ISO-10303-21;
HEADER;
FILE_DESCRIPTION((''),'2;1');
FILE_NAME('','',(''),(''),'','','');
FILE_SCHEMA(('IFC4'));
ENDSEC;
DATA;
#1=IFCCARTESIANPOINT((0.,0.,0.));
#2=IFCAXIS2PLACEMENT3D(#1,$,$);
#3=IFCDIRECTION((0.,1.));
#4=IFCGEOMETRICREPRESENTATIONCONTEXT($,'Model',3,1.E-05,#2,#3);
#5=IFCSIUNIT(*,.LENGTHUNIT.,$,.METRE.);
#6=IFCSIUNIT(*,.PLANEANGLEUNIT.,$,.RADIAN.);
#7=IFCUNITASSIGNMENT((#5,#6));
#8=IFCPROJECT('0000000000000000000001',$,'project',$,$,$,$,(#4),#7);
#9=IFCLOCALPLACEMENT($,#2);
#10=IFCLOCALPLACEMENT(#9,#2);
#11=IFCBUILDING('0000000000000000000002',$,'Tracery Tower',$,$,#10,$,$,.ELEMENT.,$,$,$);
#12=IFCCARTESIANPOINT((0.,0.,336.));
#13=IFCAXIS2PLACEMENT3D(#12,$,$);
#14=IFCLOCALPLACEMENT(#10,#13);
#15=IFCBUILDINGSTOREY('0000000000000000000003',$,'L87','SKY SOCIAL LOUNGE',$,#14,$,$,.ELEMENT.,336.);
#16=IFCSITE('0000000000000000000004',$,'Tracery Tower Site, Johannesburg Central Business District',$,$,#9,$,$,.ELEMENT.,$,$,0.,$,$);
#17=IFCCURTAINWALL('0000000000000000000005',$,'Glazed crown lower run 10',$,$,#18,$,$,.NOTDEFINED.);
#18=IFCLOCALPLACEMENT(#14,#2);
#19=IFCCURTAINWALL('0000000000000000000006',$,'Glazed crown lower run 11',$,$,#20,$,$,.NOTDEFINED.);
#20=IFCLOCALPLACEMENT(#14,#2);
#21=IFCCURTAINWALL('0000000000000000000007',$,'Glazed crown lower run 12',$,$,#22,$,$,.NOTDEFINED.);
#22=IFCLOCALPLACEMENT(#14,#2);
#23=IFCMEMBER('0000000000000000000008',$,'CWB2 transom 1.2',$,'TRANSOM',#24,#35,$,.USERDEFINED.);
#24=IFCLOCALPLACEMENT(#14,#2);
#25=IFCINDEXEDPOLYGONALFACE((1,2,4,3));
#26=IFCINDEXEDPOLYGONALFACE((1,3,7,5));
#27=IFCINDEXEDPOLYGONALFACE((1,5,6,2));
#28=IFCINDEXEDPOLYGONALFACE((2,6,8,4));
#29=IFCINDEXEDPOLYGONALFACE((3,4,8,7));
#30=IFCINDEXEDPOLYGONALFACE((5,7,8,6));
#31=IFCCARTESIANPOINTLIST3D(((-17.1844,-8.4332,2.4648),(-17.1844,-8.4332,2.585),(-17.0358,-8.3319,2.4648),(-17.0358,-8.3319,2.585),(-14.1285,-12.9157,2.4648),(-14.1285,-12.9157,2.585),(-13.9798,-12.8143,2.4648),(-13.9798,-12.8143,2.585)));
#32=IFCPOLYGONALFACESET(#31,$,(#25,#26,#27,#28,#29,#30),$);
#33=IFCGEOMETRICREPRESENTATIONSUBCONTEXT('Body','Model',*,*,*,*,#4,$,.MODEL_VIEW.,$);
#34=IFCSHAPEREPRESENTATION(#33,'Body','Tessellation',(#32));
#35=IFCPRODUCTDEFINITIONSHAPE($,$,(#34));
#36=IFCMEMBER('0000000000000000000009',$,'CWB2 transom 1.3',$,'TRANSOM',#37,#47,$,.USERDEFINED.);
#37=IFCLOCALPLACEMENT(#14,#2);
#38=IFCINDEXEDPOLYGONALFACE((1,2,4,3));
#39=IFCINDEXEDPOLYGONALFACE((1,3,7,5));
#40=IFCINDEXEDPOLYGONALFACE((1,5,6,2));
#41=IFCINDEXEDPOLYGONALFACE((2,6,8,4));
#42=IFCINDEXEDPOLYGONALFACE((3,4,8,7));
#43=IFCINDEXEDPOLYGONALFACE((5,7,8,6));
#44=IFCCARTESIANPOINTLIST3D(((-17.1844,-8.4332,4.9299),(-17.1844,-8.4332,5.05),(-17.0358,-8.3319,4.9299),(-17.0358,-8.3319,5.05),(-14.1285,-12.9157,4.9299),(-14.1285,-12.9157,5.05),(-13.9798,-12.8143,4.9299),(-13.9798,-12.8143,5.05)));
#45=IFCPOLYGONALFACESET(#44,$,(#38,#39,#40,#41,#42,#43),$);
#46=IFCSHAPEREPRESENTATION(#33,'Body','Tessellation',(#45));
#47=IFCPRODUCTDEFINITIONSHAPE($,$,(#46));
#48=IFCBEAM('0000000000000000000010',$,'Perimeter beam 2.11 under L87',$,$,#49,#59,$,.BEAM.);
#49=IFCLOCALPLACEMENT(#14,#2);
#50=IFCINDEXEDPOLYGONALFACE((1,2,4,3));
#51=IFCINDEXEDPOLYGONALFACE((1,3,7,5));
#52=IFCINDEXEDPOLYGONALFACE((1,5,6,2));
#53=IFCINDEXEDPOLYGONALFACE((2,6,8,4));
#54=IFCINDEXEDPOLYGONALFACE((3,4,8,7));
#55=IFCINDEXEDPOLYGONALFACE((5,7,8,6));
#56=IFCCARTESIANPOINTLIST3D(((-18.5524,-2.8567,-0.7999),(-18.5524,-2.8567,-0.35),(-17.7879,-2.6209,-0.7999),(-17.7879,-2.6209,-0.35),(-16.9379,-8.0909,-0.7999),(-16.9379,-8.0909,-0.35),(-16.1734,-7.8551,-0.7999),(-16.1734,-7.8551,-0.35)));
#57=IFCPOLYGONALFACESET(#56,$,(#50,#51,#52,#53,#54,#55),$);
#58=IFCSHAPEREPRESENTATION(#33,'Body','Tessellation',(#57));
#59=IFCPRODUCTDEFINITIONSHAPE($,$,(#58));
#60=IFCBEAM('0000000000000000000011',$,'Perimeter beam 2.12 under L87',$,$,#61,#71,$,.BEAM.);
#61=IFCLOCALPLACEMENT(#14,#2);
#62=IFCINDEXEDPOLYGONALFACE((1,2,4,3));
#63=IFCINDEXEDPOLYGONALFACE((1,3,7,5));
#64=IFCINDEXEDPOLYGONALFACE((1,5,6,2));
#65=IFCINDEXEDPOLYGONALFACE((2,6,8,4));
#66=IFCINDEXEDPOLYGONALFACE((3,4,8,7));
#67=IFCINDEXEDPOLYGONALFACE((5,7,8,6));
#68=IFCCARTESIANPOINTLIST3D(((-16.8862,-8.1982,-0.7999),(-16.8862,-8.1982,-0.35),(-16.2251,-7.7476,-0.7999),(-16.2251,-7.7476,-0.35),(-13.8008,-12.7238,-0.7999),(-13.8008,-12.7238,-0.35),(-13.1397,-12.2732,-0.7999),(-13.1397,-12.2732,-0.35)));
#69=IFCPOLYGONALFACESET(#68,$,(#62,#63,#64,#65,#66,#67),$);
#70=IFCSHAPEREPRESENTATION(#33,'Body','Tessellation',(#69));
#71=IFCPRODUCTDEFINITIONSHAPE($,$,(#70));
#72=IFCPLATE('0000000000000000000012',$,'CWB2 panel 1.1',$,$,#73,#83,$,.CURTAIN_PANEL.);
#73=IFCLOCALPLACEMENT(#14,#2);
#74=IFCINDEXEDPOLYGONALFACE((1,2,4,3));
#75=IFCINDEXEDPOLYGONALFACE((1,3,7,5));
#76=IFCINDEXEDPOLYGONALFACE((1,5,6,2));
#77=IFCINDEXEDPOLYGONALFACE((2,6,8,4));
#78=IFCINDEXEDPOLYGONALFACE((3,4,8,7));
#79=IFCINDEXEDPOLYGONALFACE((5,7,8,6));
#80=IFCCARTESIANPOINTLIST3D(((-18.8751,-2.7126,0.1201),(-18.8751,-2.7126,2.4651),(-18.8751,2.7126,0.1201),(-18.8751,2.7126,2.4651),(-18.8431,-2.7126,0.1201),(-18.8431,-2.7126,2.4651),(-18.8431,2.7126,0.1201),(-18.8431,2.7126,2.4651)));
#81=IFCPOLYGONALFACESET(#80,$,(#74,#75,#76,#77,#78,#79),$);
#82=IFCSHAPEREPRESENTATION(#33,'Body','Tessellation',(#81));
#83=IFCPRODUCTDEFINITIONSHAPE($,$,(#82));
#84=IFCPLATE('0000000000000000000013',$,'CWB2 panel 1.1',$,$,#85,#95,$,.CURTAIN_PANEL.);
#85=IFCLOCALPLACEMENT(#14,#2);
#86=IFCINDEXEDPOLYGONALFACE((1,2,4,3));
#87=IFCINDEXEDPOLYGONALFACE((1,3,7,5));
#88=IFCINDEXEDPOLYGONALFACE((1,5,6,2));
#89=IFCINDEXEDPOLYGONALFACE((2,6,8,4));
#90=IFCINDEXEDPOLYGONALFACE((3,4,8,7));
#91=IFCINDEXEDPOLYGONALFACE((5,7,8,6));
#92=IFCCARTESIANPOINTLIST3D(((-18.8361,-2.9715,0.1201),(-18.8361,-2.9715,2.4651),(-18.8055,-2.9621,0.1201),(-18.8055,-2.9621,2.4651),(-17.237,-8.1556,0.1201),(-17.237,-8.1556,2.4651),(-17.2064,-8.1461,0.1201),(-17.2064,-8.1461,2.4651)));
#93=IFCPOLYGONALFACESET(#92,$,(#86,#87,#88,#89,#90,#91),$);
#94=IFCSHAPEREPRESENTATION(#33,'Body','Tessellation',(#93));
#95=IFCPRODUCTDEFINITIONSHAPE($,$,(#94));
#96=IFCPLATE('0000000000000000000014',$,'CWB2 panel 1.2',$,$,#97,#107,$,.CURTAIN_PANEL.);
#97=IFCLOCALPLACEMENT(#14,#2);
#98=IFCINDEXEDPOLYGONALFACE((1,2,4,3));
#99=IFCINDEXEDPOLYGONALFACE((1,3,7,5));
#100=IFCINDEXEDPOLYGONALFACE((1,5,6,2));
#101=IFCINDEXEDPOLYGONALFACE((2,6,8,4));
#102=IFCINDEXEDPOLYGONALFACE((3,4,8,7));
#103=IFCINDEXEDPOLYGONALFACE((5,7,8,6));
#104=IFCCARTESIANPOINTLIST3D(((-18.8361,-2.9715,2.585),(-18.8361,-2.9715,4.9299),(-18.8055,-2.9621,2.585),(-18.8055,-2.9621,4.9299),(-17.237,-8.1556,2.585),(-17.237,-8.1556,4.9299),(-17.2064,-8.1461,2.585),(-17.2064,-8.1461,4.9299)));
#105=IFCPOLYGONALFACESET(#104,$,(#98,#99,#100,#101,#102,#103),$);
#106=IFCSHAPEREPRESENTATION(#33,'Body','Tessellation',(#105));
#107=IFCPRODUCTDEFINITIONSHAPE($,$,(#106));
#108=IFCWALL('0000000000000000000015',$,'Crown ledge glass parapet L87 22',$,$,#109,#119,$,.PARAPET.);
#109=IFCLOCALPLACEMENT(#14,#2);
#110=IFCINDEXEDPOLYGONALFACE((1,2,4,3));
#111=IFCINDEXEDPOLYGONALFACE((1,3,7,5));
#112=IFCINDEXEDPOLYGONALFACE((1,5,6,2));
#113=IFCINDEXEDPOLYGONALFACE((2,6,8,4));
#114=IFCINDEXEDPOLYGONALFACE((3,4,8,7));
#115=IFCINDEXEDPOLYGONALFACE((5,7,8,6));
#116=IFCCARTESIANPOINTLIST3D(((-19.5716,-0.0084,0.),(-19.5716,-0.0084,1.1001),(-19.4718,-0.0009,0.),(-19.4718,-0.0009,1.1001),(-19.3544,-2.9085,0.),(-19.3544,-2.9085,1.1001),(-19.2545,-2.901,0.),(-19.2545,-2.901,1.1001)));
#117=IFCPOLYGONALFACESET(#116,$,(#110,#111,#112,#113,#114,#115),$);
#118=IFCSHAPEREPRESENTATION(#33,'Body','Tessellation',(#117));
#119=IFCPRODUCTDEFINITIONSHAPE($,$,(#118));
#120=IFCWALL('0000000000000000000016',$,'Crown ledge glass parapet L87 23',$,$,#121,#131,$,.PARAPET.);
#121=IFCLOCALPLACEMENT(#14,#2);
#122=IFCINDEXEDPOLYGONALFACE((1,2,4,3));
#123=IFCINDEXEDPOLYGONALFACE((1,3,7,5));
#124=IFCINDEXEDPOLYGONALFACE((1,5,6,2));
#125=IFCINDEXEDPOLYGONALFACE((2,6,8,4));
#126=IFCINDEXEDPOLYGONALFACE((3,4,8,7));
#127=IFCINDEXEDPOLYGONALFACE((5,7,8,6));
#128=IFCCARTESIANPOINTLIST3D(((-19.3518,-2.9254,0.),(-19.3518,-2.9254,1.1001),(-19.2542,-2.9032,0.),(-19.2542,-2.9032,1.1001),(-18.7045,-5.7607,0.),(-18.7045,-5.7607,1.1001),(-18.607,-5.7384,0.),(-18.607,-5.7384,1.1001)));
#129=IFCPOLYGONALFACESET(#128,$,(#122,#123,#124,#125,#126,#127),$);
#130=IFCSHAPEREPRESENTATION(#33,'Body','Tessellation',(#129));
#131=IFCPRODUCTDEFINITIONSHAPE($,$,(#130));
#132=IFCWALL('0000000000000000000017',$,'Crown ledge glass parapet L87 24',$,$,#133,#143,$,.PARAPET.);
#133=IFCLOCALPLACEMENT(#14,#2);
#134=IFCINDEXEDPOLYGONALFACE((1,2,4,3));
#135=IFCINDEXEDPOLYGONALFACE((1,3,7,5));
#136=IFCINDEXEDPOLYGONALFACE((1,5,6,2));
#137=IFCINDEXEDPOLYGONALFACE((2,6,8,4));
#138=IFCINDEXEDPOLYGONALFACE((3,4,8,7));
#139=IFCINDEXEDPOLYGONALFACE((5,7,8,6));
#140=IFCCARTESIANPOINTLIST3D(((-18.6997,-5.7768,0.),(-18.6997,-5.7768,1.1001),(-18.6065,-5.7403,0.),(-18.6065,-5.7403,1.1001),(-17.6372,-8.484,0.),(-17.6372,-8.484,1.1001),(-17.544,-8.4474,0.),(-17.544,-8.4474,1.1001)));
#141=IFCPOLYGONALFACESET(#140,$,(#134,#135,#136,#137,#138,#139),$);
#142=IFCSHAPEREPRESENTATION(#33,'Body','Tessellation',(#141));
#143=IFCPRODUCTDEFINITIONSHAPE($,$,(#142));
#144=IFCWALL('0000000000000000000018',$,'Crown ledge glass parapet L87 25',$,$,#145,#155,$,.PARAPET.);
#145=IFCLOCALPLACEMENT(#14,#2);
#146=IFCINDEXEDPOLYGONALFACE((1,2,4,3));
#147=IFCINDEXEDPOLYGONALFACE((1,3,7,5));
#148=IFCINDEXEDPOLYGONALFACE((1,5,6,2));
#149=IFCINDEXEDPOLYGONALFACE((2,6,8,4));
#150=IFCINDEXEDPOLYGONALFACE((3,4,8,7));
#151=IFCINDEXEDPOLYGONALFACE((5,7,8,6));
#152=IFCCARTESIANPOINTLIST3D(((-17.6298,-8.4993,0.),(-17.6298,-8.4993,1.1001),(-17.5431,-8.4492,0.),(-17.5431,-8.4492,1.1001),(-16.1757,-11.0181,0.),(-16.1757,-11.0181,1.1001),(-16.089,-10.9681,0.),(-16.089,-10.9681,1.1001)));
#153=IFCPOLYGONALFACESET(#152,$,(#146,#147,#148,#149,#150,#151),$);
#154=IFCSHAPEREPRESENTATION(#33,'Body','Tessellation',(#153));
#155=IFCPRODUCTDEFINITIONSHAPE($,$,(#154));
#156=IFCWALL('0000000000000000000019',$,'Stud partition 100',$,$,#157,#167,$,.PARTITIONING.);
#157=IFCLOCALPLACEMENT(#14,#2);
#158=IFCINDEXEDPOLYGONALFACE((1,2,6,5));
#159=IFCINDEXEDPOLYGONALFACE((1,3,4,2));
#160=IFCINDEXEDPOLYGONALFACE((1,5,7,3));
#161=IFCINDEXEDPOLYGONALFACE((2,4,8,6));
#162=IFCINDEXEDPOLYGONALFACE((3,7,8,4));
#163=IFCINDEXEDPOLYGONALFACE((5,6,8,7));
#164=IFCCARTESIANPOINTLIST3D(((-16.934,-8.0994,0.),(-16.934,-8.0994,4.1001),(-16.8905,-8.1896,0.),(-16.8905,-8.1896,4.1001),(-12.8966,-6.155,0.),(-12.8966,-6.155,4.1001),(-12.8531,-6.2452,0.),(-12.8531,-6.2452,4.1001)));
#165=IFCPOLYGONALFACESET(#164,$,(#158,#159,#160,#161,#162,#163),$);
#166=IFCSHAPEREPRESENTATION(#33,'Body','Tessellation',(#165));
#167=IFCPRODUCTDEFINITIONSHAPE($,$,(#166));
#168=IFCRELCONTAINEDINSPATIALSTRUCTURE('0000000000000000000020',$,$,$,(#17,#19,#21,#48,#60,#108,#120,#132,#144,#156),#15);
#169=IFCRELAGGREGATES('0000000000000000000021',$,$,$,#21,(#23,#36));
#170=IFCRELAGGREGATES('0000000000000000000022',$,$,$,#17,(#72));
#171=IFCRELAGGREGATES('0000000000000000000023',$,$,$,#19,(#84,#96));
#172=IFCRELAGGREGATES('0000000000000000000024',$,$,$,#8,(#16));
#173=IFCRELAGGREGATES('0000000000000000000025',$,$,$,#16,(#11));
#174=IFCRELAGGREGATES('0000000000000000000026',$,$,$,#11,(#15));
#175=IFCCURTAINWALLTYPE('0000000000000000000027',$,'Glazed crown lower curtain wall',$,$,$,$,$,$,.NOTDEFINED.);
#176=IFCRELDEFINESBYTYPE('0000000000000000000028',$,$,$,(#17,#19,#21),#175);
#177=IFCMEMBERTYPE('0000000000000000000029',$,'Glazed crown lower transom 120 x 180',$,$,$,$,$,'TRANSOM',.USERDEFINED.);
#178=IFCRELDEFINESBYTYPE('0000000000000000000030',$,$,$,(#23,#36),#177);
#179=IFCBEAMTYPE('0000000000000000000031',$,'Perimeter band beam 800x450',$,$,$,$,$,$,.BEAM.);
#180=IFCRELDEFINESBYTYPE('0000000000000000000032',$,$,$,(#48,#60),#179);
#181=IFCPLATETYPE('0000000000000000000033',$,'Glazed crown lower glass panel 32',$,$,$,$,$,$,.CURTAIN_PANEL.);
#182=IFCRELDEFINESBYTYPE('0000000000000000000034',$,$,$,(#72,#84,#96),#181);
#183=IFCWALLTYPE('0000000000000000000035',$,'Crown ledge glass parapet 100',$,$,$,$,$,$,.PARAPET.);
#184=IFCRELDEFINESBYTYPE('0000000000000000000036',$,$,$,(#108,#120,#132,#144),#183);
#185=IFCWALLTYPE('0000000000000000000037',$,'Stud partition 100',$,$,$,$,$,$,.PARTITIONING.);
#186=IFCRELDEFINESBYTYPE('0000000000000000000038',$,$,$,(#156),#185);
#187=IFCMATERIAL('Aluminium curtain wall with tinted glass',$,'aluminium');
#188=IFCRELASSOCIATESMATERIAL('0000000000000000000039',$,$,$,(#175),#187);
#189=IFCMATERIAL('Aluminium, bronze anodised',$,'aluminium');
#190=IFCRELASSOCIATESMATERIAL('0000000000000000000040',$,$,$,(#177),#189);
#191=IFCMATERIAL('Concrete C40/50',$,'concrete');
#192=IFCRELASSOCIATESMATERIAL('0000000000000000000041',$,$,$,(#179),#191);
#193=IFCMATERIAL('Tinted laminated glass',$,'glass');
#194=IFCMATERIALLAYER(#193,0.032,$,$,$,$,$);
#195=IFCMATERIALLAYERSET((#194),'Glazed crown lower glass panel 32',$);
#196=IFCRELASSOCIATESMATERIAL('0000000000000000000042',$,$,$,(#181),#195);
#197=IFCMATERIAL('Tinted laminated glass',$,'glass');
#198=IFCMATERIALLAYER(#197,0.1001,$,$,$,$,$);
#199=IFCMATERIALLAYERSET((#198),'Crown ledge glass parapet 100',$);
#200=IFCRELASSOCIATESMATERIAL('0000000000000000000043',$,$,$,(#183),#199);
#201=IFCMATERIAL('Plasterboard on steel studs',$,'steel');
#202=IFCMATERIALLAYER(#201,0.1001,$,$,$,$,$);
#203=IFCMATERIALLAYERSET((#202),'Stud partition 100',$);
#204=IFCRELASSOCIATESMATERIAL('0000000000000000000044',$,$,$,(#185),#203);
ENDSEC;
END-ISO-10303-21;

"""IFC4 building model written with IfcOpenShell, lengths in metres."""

from ifc_helpers import new_model, si_unit, direction, frame, frame_2d, origin, origin_2d, place, context, subcontext, project, spatial, rectangle, extrude, material, layer, layer_set, material_profile, profile_set, type_object, element, aggregate, save


model = new_model("IFC4")

# Units and contexts
model_context = context("Model", 3, precision=1e-05, world=origin(), true_north=direction((0.0, 1.0)))
body_context = subcontext(model_context, "Body", "Model", "MODEL_VIEW")
ifc_project = project(units=[si_unit("LENGTHUNIT", "METRE"), si_unit("PLANEANGLEUNIT", "RADIAN")], contexts=[model_context])

# Site, building, storey
site_placement = place(None, origin())
site = spatial("IfcSite", under=ifc_project, at=site_placement, Name="Tracery Tower Site, Johannesburg Central Business District", CompositionType="ELEMENT", RefElevation=0.0)
building_placement = place(site_placement, origin())
building = spatial("IfcBuilding", under=site, at=building_placement, Name="Tracery Tower", CompositionType="ELEMENT")
storey_placement = place(building_placement, frame((0.0, 0.0, 336.0)))
storey = spatial("IfcBuildingStorey", under=building, at=storey_placement, Name="L87", Description="SKY SOCIAL LOUNGE", CompositionType="ELEMENT", Elevation=336.0)

# Curtain wall
ifc_material_1 = material(Name="Aluminium curtain wall with tinted glass", Category="aluminium")
curtain_wall_type = type_object("IfcCurtainWallType", Name="Glazed crown lower curtain wall", PredefinedType="NOTDEFINED", material=ifc_material_1)
curtain_wall_1_placement = place(storey_placement, origin())
curtain_wall_1 = element("IfcCurtainWall", 1, at=curtain_wall_1_placement, inside=storey, type_object=curtain_wall_type, Name="Glazed crown lower run 10", PredefinedType="NOTDEFINED")

# Curtain wall
curtain_wall_2_placement = place(storey_placement, origin())
curtain_wall_2 = element("IfcCurtainWall", 2, at=curtain_wall_2_placement, inside=storey, type_object=curtain_wall_type, Name="Glazed crown lower run 11", PredefinedType="NOTDEFINED")

# Curtain wall
curtain_wall_3_placement = place(storey_placement, origin())
curtain_wall_3 = element("IfcCurtainWall", 3, at=curtain_wall_3_placement, inside=storey, type_object=curtain_wall_type, Name="Glazed crown lower run 12", PredefinedType="NOTDEFINED")

# Members
ifc_material_2 = material(Name="Aluminium, bronze anodised", Category="aluminium")
ifc_material_profile_1 = material_profile(ifc_material_2, rectangle(XDim=0.1799, YDim=0.1201, at=origin_2d()), Name="Glazed crown lower transom 120 x 180")
ifc_profile_set_1 = profile_set([ifc_material_profile_1], Name="Aluminium, bronze anodised")
member_type_1 = type_object("IfcMemberType", Name="Glazed crown lower transom 120 x 180", ElementType="TRANSOM", PredefinedType="USERDEFINED", material=ifc_profile_set_1)
member_1_placement = place(storey_placement, frame((-17.1101, -8.3826, 2.5249), z_axis=(0.563301, -0.826252, 0.0), x_axis=(0.826252, 0.563301, 0.0)))
member_1 = element("IfcMember", 4, at=member_1_placement, type_object=member_type_1, Name="CWB2 transom 1.2", ObjectType="TRANSOM", PredefinedType="USERDEFINED", context=body_context, shape_type="SweptSolid", body=[
    extrude(rectangle(XDim=0.1799, YDim=0.1201, at=origin_2d()), origin(), (0.0, 0.0, 1.0), 5.425),
])
member_2_placement = place(storey_placement, frame((-17.1101, -8.3826, 4.99), z_axis=(0.563301, -0.826252, 0.0), x_axis=(0.826252, 0.563301, 0.0)))
member_2 = element("IfcMember", 5, at=member_2_placement, type_object=member_type_1, Name="CWB2 transom 1.3", ObjectType="TRANSOM", PredefinedType="USERDEFINED", context=body_context, shape_type="SweptSolid", body=[
    extrude(rectangle(XDim=0.1799, YDim=0.1201, at=origin_2d()), origin(), (0.0, 0.0, 1.0), 5.425),
])
aggregate(curtain_wall_3, [member_1, member_2])

# Beams
ifc_material_3 = material(Name="Concrete C40/50", Category="concrete")
ifc_material_profile_2 = material_profile(ifc_material_3, rectangle(XDim=0.8, YDim=0.45, at=origin_2d()), Name="RC 800x450")
ifc_profile_set_2 = profile_set([ifc_material_profile_2], Name="Concrete C40/50")
beam_type = type_object("IfcBeamType", Name="Perimeter band beam 800x450", PredefinedType="BEAM", material=ifc_profile_set_2)
beam_1_placement = place(storey_placement, frame((-18.1702, -2.7388, -0.575), z_axis=(0.294753, -0.955574, 0.0), x_axis=(0.955574, 0.294753, 0.0)))
element("IfcBeam", 6, at=beam_1_placement, inside=storey, type_object=beam_type, Name="Perimeter beam 2.11 under L87", PredefinedType="BEAM", context=body_context, shape_type="SweptSolid", body=[
    extrude(rectangle(XDim=0.8, YDim=0.45, at=origin_2d()), origin(), (0.0, 0.0, 1.0), 5.4775),
])
beam_2_placement = place(storey_placement, frame((-16.5557, -7.9729, -0.575), z_axis=(0.563311, -0.826245, 0.0), x_axis=(0.826245, 0.563311, 0.0)))
element("IfcBeam", 7, at=beam_2_placement, inside=storey, type_object=beam_type, Name="Perimeter beam 2.12 under L87", PredefinedType="BEAM", context=body_context, shape_type="SweptSolid", body=[
    extrude(rectangle(XDim=0.8, YDim=0.45, at=origin_2d()), origin(), (0.0, 0.0, 1.0), 5.4773),
])

# Plates
ifc_material_4 = material(Name="Tinted laminated glass", Category="glass")
ifc_layer_1 = layer(ifc_material_4, 0.032)
ifc_layer_set_1 = layer_set([ifc_layer_1], Name="Glazed crown lower glass panel 32")
plate_type = type_object("IfcPlateType", Name="Glazed crown lower glass panel 32", PredefinedType="CURTAIN_PANEL", material=ifc_layer_set_1)
plate_1_placement = place(storey_placement, frame((-18.8591, 0.0, 0.1201), z_axis=(0.0, 0.0, 1.0), x_axis=(0.0, -1.0, 0.0)))
plate_1 = element("IfcPlate", 8, at=plate_1_placement, type_object=plate_type, Name="CWB2 panel 1.1", PredefinedType="CURTAIN_PANEL", context=body_context, shape_type="SweptSolid", body=[
    extrude(rectangle(XDim=5.4253, YDim=0.032, at=origin_2d()), origin(), (0.0, 0.0, 1.0), 2.345),
])
aggregate(curtain_wall_1, [plate_1])
plate_2_placement = place(storey_placement, frame((-18.0212, -5.5588, 0.1201), z_axis=(0.0, 0.0, 1.0), x_axis=(0.294765, -0.95557, 0.0)))
plate_2 = element("IfcPlate", 9, at=plate_2_placement, type_object=plate_type, Name="CWB2 panel 1.1", PredefinedType="CURTAIN_PANEL", context=body_context, shape_type="SweptSolid", body=[
    extrude(rectangle(XDim=5.425, YDim=0.032, at=origin_2d()), origin(), (0.0, 0.0, 1.0), 2.345),
])
plate_3_placement = place(storey_placement, frame((-18.0212, -5.5588, 2.585), z_axis=(0.0, 0.0, 1.0), x_axis=(0.294765, -0.95557, 0.0)))
plate_3 = element("IfcPlate", 10, at=plate_3_placement, type_object=plate_type, Name="CWB2 panel 1.2", PredefinedType="CURTAIN_PANEL", context=body_context, shape_type="SweptSolid", body=[
    extrude(rectangle(XDim=5.425, YDim=0.032, at=origin_2d()), origin(), (0.0, 0.0, 1.0), 2.345),
])
aggregate(curtain_wall_2, [plate_2, plate_3])

# Walls
ifc_material_5 = material(Name="Tinted laminated glass", Category="glass")
ifc_layer_2 = layer(ifc_material_5, 0.1001)
ifc_layer_set_2 = layer_set([ifc_layer_2], Name="Crown ledge glass parapet 100")
wall_type_1 = type_object("IfcWallType", Name="Crown ledge glass parapet 100", PredefinedType="PARAPET", material=ifc_layer_set_2)
for number, where, z_axis, x_axis, name in (
    (11, (-19.5217, -0.0046, 0.0), (0.0, 0.0, 1.0), (0.074713, -0.997205, 0.0), "Crown ledge glass parapet L87 22"),
    (12, (-19.303, -2.9143, 0.0), (0.0, 0.0, 1.0), (0.222554, -0.97492, 0.0), "Crown ledge glass parapet L87 23"),
    (13, (-18.6531, -5.7585, 0.0), (0.0, 0.0, 1.0), (0.365333, -0.930877, 0.0), "Crown ledge glass parapet L87 24"),
):
    element("IfcWall", number, at=place(storey_placement, frame(where, z_axis=z_axis, x_axis=x_axis)), inside=storey, type_object=wall_type_1, Name=name, PredefinedType="PARAPET", context=body_context, shape_type="SweptSolid", body=[
        extrude(rectangle(XDim=2.9082, YDim=0.1001, at=frame_2d((1.4541, 0.0))), origin(), (0.0, 0.0, 1.0), 1.1001),
    ])
wall_1_placement = place(storey_placement, frame((-17.5864, -8.4744, 0.0), z_axis=(0.0, 0.0, 1.0), x_axis=(0.499967, -0.866044, 0.0)))
element("IfcWall", 14, at=wall_1_placement, inside=storey, type_object=wall_type_1, Name="Crown ledge glass parapet L87 25", PredefinedType="PARAPET", context=body_context, shape_type="SweptSolid", body=[
    extrude(rectangle(XDim=2.9084, YDim=0.1001, at=frame_2d((1.4541, 0.0))), origin(), (0.0, 0.0, 1.0), 1.1001),
])
ifc_material_6 = material(Name="Plasterboard on steel studs", Category="steel")
ifc_layer_3 = layer(ifc_material_6, 0.1001)
ifc_layer_set_3 = layer_set([ifc_layer_3], Name="Stud partition 100")
wall_type_2 = type_object("IfcWallType", Name="Stud partition 100", PredefinedType="PARTITIONING", material=ifc_layer_set_3)
wall_2_placement = place(storey_placement, frame((-16.9124, -8.1445, 0.0), z_axis=(0.0, 0.0, 1.0), x_axis=(0.900965, 0.433893, 0.0)))
element("IfcWall", 15, at=wall_2_placement, inside=storey, type_object=wall_type_2, Name="Stud partition 100", PredefinedType="PARTITIONING", context=body_context, shape_type="SweptSolid", body=[
    extrude(rectangle(XDim=4.4812, YDim=0.1001, at=frame_2d((2.2407, 0.0))), origin(), (0.0, 0.0, 1.0), 4.1001),
])

save(model, "model.ifc")
